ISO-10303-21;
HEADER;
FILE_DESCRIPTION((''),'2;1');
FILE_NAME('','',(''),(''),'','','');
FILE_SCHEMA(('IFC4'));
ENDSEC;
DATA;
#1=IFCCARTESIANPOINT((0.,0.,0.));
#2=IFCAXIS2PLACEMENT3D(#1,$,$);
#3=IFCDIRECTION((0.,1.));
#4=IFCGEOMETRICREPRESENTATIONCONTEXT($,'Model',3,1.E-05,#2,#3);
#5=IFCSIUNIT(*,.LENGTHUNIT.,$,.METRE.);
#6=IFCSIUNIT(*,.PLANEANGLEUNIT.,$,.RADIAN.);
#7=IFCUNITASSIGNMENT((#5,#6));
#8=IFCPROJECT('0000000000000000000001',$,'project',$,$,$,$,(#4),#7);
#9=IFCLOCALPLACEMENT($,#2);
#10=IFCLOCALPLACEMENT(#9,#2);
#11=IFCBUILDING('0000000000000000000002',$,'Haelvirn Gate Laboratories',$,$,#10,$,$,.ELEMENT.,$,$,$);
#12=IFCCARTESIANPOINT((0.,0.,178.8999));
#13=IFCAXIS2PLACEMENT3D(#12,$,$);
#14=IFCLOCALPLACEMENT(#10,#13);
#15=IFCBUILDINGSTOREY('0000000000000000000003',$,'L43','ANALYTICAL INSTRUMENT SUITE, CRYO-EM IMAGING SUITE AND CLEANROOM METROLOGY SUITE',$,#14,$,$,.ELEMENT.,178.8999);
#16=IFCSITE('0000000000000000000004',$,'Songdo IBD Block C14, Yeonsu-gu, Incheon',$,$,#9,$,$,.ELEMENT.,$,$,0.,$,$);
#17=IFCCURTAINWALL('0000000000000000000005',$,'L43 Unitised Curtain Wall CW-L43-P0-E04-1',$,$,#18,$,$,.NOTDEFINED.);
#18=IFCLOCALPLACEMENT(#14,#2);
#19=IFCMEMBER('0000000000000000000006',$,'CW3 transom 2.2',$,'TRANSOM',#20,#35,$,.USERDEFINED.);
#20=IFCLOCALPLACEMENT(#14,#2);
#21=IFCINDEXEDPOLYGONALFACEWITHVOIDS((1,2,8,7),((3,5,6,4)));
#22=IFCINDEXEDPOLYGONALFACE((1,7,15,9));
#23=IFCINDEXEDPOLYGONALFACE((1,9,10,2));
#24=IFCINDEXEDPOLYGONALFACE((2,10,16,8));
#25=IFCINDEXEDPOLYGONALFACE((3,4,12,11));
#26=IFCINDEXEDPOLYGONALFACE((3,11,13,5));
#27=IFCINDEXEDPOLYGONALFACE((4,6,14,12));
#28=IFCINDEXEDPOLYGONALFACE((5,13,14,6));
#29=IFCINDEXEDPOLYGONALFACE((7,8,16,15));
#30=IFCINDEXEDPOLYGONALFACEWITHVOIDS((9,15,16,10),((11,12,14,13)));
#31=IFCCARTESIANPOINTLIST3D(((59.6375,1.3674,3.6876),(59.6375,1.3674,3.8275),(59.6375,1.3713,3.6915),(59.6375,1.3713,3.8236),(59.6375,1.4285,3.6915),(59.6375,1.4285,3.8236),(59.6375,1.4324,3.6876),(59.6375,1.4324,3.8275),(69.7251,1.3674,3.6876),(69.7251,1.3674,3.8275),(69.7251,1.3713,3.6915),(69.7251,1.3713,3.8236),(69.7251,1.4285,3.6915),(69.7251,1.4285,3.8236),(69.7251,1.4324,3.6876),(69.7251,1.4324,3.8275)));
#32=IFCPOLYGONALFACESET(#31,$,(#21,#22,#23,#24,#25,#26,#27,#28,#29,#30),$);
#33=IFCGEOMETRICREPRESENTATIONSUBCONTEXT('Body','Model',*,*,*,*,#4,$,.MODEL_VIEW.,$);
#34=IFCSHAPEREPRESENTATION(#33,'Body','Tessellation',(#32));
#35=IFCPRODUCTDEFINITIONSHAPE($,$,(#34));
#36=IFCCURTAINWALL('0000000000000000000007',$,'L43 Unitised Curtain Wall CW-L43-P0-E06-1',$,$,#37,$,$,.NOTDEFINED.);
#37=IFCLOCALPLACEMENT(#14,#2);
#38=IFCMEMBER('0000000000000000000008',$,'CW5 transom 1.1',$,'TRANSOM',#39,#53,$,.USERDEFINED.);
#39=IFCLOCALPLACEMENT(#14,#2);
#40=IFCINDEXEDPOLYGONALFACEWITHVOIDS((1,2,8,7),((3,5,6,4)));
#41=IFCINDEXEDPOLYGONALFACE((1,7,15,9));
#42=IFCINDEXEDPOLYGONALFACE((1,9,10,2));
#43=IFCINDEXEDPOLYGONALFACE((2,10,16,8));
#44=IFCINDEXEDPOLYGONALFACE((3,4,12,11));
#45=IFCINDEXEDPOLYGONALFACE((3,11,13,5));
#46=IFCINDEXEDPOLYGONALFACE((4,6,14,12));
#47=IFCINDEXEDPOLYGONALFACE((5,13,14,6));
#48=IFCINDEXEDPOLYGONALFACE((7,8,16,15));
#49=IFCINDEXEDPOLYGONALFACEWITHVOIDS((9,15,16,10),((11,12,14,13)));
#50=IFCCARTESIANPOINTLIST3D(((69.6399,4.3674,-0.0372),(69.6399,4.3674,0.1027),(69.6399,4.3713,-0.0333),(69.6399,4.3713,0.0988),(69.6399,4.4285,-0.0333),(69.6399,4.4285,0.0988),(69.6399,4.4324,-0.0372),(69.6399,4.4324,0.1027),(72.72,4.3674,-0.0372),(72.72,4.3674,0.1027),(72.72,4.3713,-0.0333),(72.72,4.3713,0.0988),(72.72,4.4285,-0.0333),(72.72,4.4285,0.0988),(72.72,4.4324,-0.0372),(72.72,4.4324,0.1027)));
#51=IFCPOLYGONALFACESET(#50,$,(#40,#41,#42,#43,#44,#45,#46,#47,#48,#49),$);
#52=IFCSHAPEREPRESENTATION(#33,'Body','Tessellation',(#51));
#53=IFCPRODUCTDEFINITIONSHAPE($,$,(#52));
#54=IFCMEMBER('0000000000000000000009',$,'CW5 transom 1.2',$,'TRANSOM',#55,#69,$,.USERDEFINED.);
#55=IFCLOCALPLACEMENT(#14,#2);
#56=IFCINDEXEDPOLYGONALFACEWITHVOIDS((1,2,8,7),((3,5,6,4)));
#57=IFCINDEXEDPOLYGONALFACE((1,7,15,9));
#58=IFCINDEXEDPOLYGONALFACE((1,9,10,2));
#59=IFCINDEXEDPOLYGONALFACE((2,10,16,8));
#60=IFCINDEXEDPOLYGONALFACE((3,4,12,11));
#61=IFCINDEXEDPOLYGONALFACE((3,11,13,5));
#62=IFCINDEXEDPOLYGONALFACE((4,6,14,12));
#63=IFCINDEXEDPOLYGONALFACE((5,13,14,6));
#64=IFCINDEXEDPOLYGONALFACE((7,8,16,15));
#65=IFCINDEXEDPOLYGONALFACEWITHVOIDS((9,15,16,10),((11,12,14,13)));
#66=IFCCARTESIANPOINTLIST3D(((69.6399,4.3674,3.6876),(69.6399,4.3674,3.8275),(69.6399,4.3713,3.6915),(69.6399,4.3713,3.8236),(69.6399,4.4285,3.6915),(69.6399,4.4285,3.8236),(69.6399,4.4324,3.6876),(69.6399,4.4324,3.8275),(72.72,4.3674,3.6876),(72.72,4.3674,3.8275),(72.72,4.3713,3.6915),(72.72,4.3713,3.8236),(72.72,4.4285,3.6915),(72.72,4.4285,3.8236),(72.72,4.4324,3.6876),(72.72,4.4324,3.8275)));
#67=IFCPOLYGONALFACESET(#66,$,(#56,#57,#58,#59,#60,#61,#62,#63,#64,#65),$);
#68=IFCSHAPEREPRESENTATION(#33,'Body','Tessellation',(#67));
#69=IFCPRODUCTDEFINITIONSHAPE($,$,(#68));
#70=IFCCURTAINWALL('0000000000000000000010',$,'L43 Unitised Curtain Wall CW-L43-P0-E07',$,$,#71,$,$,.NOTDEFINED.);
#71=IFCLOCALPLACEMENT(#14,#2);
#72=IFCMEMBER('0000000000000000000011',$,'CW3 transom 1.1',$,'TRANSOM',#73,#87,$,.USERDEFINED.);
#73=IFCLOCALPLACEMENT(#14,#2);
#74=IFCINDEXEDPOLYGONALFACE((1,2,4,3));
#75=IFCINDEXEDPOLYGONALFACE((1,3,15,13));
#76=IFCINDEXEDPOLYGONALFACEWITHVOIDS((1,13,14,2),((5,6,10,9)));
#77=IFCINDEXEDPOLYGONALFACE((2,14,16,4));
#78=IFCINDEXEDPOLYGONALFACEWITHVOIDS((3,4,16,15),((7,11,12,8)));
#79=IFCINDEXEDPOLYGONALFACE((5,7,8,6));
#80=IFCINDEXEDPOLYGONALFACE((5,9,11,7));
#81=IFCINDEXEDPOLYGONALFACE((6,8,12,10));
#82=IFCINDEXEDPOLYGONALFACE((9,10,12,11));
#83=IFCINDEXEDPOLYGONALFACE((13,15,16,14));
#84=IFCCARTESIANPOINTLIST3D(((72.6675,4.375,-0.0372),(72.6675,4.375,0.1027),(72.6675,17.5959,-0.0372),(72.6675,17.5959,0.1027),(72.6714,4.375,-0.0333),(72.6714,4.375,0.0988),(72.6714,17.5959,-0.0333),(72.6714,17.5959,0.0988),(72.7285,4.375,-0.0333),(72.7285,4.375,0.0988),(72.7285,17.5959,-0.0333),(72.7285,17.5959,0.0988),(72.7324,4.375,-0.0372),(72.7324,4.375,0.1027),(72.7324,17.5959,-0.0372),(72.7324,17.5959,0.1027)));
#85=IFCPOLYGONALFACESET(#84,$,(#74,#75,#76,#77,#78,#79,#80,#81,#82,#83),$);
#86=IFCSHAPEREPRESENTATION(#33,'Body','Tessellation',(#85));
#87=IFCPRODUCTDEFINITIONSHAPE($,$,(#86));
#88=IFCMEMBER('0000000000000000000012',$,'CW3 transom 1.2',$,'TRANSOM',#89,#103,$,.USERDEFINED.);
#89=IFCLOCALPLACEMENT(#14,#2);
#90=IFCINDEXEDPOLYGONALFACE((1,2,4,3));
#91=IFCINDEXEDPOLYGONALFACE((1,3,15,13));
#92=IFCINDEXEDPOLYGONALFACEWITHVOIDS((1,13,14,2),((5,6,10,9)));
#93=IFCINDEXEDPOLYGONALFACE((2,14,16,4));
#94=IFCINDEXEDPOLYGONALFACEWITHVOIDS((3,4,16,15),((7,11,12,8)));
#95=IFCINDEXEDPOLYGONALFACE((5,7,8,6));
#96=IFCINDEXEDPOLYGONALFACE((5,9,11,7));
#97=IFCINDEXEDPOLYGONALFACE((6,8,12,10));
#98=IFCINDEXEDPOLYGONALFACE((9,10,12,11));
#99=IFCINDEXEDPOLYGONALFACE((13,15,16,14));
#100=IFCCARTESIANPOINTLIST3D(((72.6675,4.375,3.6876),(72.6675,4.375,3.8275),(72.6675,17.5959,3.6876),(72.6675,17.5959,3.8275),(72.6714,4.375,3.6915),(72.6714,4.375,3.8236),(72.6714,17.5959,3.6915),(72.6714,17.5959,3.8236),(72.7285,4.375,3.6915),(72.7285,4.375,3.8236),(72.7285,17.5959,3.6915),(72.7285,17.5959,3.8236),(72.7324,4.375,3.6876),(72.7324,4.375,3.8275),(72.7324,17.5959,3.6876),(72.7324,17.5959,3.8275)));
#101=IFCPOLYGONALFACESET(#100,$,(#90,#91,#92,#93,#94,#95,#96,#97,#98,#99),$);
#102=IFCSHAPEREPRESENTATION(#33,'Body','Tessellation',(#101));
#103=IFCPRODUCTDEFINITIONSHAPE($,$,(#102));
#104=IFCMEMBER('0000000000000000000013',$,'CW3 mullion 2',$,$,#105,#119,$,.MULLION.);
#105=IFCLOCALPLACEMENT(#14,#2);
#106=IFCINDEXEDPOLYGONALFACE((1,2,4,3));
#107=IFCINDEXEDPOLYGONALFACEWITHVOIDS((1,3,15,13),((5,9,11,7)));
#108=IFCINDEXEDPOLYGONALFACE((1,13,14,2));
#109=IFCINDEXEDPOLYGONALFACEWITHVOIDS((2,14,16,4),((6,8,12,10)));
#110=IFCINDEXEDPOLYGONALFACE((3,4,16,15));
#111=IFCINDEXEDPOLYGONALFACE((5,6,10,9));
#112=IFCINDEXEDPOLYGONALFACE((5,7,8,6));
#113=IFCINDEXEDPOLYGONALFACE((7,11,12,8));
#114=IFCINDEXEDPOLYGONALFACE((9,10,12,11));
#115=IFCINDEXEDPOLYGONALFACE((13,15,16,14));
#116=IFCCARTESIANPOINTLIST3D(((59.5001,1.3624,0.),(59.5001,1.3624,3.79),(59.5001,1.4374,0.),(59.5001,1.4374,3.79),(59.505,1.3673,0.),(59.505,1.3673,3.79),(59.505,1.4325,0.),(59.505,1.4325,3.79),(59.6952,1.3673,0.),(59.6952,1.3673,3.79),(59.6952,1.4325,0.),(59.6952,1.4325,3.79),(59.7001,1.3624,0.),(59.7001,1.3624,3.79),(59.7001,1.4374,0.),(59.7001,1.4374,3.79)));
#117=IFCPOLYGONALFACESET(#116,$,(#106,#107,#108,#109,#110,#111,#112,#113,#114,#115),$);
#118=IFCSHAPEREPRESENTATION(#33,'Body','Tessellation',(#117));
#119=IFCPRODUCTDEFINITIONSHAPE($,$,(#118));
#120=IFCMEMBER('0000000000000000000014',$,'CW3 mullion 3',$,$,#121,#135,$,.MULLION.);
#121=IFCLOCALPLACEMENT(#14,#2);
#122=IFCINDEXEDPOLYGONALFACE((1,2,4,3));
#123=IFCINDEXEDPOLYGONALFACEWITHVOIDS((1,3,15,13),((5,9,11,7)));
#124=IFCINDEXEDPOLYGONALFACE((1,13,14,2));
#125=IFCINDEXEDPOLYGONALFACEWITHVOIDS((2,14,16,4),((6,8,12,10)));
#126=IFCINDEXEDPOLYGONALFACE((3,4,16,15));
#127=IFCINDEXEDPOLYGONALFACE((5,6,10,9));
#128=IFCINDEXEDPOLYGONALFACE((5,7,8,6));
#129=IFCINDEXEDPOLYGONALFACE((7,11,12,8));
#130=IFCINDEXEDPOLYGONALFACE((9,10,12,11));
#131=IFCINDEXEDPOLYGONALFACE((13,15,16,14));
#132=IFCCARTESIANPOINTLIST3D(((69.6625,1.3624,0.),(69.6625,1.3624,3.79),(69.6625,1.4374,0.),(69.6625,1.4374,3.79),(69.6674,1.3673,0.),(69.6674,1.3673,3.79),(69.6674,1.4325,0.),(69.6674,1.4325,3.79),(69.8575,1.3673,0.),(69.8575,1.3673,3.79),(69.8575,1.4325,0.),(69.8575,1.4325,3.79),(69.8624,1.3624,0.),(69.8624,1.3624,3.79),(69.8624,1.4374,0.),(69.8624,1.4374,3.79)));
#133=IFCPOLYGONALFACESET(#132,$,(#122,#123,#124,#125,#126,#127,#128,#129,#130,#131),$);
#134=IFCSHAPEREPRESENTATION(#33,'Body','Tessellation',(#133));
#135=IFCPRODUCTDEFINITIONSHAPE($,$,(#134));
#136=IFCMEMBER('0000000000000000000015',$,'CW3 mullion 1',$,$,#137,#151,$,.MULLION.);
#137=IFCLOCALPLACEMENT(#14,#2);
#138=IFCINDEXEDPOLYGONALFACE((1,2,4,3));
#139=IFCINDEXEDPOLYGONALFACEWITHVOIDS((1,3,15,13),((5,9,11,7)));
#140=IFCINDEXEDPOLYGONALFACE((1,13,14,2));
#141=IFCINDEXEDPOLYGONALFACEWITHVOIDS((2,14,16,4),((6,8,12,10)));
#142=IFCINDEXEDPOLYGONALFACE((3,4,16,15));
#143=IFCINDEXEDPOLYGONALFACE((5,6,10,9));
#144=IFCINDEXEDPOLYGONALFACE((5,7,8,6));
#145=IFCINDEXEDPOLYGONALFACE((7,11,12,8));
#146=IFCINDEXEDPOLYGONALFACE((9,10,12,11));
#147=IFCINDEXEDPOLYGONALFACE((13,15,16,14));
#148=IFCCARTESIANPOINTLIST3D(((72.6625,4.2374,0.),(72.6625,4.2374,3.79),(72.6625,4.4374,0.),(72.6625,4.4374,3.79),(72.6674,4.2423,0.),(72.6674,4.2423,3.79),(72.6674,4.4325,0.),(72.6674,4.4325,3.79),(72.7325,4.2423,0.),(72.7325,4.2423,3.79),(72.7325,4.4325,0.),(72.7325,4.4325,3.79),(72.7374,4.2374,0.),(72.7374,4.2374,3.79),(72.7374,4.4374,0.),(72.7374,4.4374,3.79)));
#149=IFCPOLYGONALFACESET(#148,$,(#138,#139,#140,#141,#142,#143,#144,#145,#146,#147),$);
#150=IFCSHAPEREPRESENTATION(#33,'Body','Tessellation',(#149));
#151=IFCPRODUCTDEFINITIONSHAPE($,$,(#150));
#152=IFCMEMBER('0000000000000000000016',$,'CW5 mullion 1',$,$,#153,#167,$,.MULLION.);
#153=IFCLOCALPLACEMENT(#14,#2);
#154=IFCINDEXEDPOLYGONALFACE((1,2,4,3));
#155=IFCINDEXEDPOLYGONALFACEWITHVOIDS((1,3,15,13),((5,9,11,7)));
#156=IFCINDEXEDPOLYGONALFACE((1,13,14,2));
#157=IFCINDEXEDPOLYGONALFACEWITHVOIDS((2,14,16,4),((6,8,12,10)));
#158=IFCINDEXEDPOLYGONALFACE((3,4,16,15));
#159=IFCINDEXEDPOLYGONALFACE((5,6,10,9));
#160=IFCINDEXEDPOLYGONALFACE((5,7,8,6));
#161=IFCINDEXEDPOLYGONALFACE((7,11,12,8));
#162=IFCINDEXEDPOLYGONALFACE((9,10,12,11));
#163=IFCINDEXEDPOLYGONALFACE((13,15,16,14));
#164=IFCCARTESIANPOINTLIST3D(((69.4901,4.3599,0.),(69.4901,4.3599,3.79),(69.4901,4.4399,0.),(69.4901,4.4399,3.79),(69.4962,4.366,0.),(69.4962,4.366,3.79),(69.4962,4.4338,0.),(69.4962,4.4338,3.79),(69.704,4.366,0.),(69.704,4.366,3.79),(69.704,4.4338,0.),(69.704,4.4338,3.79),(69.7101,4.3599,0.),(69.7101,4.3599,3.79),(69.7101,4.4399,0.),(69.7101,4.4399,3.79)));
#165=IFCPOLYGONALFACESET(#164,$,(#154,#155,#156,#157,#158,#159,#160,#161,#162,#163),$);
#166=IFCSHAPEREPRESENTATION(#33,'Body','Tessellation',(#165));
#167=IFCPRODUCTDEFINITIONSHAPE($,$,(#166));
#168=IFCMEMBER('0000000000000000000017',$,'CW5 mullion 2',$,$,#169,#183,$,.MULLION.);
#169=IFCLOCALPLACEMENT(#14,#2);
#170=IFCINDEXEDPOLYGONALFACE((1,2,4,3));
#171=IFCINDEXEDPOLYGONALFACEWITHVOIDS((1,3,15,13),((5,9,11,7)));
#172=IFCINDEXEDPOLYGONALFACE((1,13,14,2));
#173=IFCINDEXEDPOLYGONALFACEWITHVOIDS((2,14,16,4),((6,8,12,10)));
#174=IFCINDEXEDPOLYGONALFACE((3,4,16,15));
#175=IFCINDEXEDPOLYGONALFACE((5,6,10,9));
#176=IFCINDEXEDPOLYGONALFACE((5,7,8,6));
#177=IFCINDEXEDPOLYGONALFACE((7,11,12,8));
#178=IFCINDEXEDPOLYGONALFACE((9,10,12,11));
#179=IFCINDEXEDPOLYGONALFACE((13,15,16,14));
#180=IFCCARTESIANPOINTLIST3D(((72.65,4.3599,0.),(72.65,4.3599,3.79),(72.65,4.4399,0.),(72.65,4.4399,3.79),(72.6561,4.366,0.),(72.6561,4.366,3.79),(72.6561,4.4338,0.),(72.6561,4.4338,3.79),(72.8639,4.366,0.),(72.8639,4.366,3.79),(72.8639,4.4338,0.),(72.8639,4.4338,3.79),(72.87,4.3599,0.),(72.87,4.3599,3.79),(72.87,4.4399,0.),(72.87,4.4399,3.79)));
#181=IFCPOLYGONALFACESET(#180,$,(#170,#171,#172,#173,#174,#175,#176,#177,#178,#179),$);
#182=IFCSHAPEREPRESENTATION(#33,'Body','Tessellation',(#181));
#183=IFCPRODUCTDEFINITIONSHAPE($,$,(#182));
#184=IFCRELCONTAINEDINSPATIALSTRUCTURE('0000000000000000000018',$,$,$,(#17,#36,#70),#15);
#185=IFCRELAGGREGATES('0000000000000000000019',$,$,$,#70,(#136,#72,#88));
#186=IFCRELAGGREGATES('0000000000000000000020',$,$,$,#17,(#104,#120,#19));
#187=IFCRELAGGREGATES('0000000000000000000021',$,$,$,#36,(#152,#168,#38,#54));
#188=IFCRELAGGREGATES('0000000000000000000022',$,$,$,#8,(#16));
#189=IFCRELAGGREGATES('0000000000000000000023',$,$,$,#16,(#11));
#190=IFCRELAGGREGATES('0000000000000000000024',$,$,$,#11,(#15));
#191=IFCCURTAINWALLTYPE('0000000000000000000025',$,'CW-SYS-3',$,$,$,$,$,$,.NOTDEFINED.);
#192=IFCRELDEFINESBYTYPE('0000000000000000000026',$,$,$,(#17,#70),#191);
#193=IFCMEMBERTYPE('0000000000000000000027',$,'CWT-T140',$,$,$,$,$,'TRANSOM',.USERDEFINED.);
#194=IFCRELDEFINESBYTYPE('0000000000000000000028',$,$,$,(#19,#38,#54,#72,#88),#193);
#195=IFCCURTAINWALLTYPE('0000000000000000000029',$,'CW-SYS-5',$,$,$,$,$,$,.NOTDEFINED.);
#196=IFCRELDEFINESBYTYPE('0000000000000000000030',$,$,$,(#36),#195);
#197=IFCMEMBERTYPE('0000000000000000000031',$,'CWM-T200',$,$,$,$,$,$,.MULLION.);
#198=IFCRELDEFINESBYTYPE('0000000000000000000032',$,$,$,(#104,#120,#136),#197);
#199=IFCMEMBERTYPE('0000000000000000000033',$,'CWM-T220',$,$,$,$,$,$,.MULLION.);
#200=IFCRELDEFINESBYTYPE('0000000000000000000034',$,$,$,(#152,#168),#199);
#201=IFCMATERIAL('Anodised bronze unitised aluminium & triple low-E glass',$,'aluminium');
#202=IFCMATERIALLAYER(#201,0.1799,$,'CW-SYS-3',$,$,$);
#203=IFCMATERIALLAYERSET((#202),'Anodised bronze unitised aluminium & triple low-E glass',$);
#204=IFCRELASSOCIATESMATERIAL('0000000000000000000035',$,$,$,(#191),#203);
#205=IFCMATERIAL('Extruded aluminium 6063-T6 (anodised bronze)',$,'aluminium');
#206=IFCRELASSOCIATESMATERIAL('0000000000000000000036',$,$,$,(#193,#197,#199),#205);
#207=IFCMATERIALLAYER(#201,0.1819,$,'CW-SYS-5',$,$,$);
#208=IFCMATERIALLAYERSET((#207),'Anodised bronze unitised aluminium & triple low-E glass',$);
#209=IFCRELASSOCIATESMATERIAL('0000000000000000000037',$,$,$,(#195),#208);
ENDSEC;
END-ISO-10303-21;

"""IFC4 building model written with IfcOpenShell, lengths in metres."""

from ifc_helpers import new_model, si_unit, direction, frame, origin, origin_2d, place, context, subcontext, project, spatial, hollow_rectangle, extrude, source, transform, mapped, material, layer, layer_set, material_profile, profile_set, type_object, type_shapes, element, aggregate, save


model = new_model("IFC4")

# Units and contexts
model_context = context("Model", 3, precision=1e-05, world=origin(), true_north=direction((0.0, 1.0)))
body_context = subcontext(model_context, "Body", "Model", "MODEL_VIEW")
ifc_project = project(units=[si_unit("LENGTHUNIT", "METRE"), si_unit("PLANEANGLEUNIT", "RADIAN")], contexts=[model_context])

# Site, building, storey
site_placement = place(None, origin())
site = spatial("IfcSite", under=ifc_project, at=site_placement, Name="Songdo IBD Block C14, Yeonsu-gu, Incheon", CompositionType="ELEMENT", RefElevation=0.0)
building_placement = place(site_placement, origin())
building = spatial("IfcBuilding", under=site, at=building_placement, Name="Haelvirn Gate Laboratories", CompositionType="ELEMENT")
storey_placement = place(building_placement, frame((0.0, 0.0, 178.8999)))
storey = spatial("IfcBuildingStorey", under=building, at=storey_placement, Name="L43", Description="ANALYTICAL INSTRUMENT SUITE, CRYO-EM IMAGING SUITE AND CLEANROOM METROLOGY SUITE", CompositionType="ELEMENT", Elevation=178.8999)

# Curtain walls, members
ifc_material_1 = material(Name="Anodised bronze unitised aluminium & triple low-E glass", Category="aluminium")
ifc_layer_1 = layer(ifc_material_1, 0.1799, Name="CW-SYS-3")
ifc_layer_set_1 = layer_set([ifc_layer_1], Name="Anodised bronze unitised aluminium & triple low-E glass")
curtain_wall_type_1 = type_object("IfcCurtainWallType", Name="CW-SYS-3", PredefinedType="NOTDEFINED", material=ifc_layer_set_1)
curtain_wall_1_placement = place(storey_placement, origin())
curtain_wall_1 = element("IfcCurtainWall", 1, at=curtain_wall_1_placement, inside=storey, type_object=curtain_wall_type_1, Name="L43 Unitised Curtain Wall CW-L43-P0-E04-1", PredefinedType="NOTDEFINED")
ifc_material_2 = material(Name="Extruded aluminium 6063-T6 (anodised bronze)", Category="aluminium")
ifc_material_profile_1 = material_profile(ifc_material_2, hollow_rectangle(XDim=0.0649, YDim=0.1399, WallThickness=0.0039, at=origin_2d()), Name="CWT-140x65x4")
ifc_profile_set_1 = profile_set([ifc_material_profile_1], Name="Extruded aluminium 6063-T6 (anodised bronze)")
member_type_1 = type_object("IfcMemberType", Name="CWT-T140", ElementType="TRANSOM", PredefinedType="USERDEFINED", material=ifc_profile_set_1)
shared_shape_1 = source(origin(), body_context, "Body", "SweptSolid", [
    extrude(hollow_rectangle(XDim=0.0649, YDim=0.1399, WallThickness=0.0039, at=origin_2d()), origin(), (0.0, 0.0, 1.0), 10.0876),
])
member_1_placement = place(storey_placement, frame((59.6375, 1.3999, 3.7576), z_axis=(1.0, 0.0, 0.0), x_axis=(0.0, 1.0, 0.0)))
member_1 = element("IfcMember", 2, at=member_1_placement, type_object=member_type_1, Name="CW3 transom 2.2", ObjectType="TRANSOM", PredefinedType="USERDEFINED", context=body_context, shape_type="MappedRepresentation", body=[
    mapped(shared_shape_1, transform((0.0, 0.0, 0.0), scale=1.0)),
])
ifc_layer_2 = layer(ifc_material_1, 0.1819, Name="CW-SYS-5")
ifc_layer_set_2 = layer_set([ifc_layer_2], Name="Anodised bronze unitised aluminium & triple low-E glass")
curtain_wall_type_2 = type_object("IfcCurtainWallType", Name="CW-SYS-5", PredefinedType="NOTDEFINED", material=ifc_layer_set_2)
curtain_wall_2_placement = place(storey_placement, origin())
curtain_wall_2 = element("IfcCurtainWall", 3, at=curtain_wall_2_placement, inside=storey, type_object=curtain_wall_type_2, Name="L43 Unitised Curtain Wall CW-L43-P0-E06-1", PredefinedType="NOTDEFINED")
shared_shape_2 = source(origin(), body_context, "Body", "SweptSolid", [
    extrude(hollow_rectangle(XDim=0.0649, YDim=0.1399, WallThickness=0.0039, at=origin_2d()), origin(), (0.0, 0.0, 1.0), 3.0801),
])
member_2_placement = place(storey_placement, frame((69.6399, 4.3999, 0.0327), z_axis=(1.0, 0.0, 0.0), x_axis=(0.0, 1.0, 0.0)))
member_2 = element("IfcMember", 4, at=member_2_placement, type_object=member_type_1, Name="CW5 transom 1.1", ObjectType="TRANSOM", PredefinedType="USERDEFINED", context=body_context, shape_type="MappedRepresentation", body=[
    mapped(shared_shape_2, transform((0.0, 0.0, 0.0), scale=1.0)),
])
member_3_placement = place(storey_placement, frame((69.6399, 4.3999, 3.7576), z_axis=(1.0, 0.0, 0.0), x_axis=(0.0, 1.0, 0.0)))
member_3 = element("IfcMember", 5, at=member_3_placement, type_object=member_type_1, Name="CW5 transom 1.2", ObjectType="TRANSOM", PredefinedType="USERDEFINED", context=body_context, shape_type="MappedRepresentation", body=[
    mapped(shared_shape_2, transform((0.0, 0.0, 0.0), scale=1.0)),
])
curtain_wall_3_placement = place(storey_placement, origin())
curtain_wall_3 = element("IfcCurtainWall", 6, at=curtain_wall_3_placement, inside=storey, type_object=curtain_wall_type_1, Name="L43 Unitised Curtain Wall CW-L43-P0-E07", PredefinedType="NOTDEFINED")
shared_shape_3 = source(origin(), body_context, "Body", "SweptSolid", [
    extrude(hollow_rectangle(XDim=0.0649, YDim=0.1399, WallThickness=0.0039, at=origin_2d()), origin(), (0.0, 0.0, 1.0), 13.2209),
])
type_shapes(member_type_1, [shared_shape_1, shared_shape_2, shared_shape_3])
member_4_placement = place(storey_placement, frame((72.7, 4.375, 0.0327), z_axis=(0.0, 1.0, 0.0), x_axis=(-1.0, 0.0, 0.0)))
member_4 = element("IfcMember", 7, at=member_4_placement, type_object=member_type_1, Name="CW3 transom 1.1", ObjectType="TRANSOM", PredefinedType="USERDEFINED", context=body_context, shape_type="MappedRepresentation", body=[
    mapped(shared_shape_3, transform((0.0, 0.0, 0.0), scale=1.0)),
])
member_5_placement = place(storey_placement, frame((72.7, 4.375, 3.7576), z_axis=(0.0, 1.0, 0.0), x_axis=(-1.0, 0.0, 0.0)))
member_5 = element("IfcMember", 8, at=member_5_placement, type_object=member_type_1, Name="CW3 transom 1.2", ObjectType="TRANSOM", PredefinedType="USERDEFINED", context=body_context, shape_type="MappedRepresentation", body=[
    mapped(shared_shape_3, transform((0.0, 0.0, 0.0), scale=1.0)),
])

# Members
ifc_material_profile_2 = material_profile(ifc_material_2, hollow_rectangle(XDim=0.075, YDim=0.2, WallThickness=0.0049, at=origin_2d()), Name="CWM-200x75x5")
ifc_profile_set_2 = profile_set([ifc_material_profile_2], Name="Extruded aluminium 6063-T6 (anodised bronze)")
member_type_2 = type_object("IfcMemberType", Name="CWM-T200", PredefinedType="MULLION", material=ifc_profile_set_2)
shared_shape_4 = source(origin(), body_context, "Body", "SweptSolid", [
    extrude(hollow_rectangle(XDim=0.075, YDim=0.2, WallThickness=0.0049, at=origin_2d()), origin(), (0.0, 0.0, 1.0), 3.79),
])
type_shapes(member_type_2, [shared_shape_4])
member_6_placement = place(storey_placement, frame((59.6001, 1.3999, 0.0), z_axis=(0.0, 0.0, 1.0), x_axis=(0.0, 1.0, 0.0)))
member_6 = element("IfcMember", 9, at=member_6_placement, type_object=member_type_2, Name="CW3 mullion 2", PredefinedType="MULLION", context=body_context, shape_type="MappedRepresentation", body=[
    mapped(shared_shape_4, transform((0.0, 0.0, 0.0), scale=1.0)),
])
member_7_placement = place(storey_placement, frame((69.7625, 1.3999, 0.0), z_axis=(0.0, 0.0, 1.0), x_axis=(0.0, 1.0, 0.0)))
member_7 = element("IfcMember", 10, at=member_7_placement, type_object=member_type_2, Name="CW3 mullion 3", PredefinedType="MULLION", context=body_context, shape_type="MappedRepresentation", body=[
    mapped(shared_shape_4, transform((0.0, 0.0, 0.0), scale=1.0)),
])
member_8_placement = place(storey_placement, frame((72.7, 4.3374, 0.0), z_axis=(0.0, 0.0, 1.0), x_axis=(-1.0, 0.0, 0.0)))
member_8 = element("IfcMember", 11, at=member_8_placement, type_object=member_type_2, Name="CW3 mullion 1", PredefinedType="MULLION", context=body_context, shape_type="MappedRepresentation", body=[
    mapped(shared_shape_4, transform((0.0, 0.0, 0.0), scale=1.0)),
])
aggregate(curtain_wall_3, [member_8, member_4, member_5])
ifc_material_profile_3 = material_profile(ifc_material_2, hollow_rectangle(XDim=0.0801, YDim=0.22, WallThickness=0.0061, at=origin_2d()), Name="CWM-220x80x6")
ifc_profile_set_3 = profile_set([ifc_material_profile_3], Name="Extruded aluminium 6063-T6 (anodised bronze)")
member_type_3 = type_object("IfcMemberType", Name="CWM-T220", PredefinedType="MULLION", material=ifc_profile_set_3)
shared_shape_5 = source(origin(), body_context, "Body", "SweptSolid", [
    extrude(hollow_rectangle(XDim=0.0801, YDim=0.22, WallThickness=0.0061, at=origin_2d()), origin(), (0.0, 0.0, 1.0), 3.79),
])
type_shapes(member_type_3, [shared_shape_5])
member_9_placement = place(storey_placement, frame((69.6001, 4.3999, 0.0), z_axis=(0.0, 0.0, 1.0), x_axis=(0.0, 1.0, 0.0)))
member_9 = element("IfcMember", 12, at=member_9_placement, type_object=member_type_3, Name="CW5 mullion 1", PredefinedType="MULLION", context=body_context, shape_type="MappedRepresentation", body=[
    mapped(shared_shape_5, transform((0.0, 0.0, 0.0), scale=1.0)),
])
member_10_placement = place(storey_placement, frame((72.76, 4.3999, 0.0), z_axis=(0.0, 0.0, 1.0), x_axis=(0.0, 1.0, 0.0)))
member_10 = element("IfcMember", 13, at=member_10_placement, type_object=member_type_3, Name="CW5 mullion 2", PredefinedType="MULLION", context=body_context, shape_type="MappedRepresentation", body=[
    mapped(shared_shape_5, transform((0.0, 0.0, 0.0), scale=1.0)),
])

aggregate(curtain_wall_1, [member_6, member_7, member_1])
aggregate(curtain_wall_2, [member_9, member_10, member_2, member_3])

save(model, "model.ifc")
